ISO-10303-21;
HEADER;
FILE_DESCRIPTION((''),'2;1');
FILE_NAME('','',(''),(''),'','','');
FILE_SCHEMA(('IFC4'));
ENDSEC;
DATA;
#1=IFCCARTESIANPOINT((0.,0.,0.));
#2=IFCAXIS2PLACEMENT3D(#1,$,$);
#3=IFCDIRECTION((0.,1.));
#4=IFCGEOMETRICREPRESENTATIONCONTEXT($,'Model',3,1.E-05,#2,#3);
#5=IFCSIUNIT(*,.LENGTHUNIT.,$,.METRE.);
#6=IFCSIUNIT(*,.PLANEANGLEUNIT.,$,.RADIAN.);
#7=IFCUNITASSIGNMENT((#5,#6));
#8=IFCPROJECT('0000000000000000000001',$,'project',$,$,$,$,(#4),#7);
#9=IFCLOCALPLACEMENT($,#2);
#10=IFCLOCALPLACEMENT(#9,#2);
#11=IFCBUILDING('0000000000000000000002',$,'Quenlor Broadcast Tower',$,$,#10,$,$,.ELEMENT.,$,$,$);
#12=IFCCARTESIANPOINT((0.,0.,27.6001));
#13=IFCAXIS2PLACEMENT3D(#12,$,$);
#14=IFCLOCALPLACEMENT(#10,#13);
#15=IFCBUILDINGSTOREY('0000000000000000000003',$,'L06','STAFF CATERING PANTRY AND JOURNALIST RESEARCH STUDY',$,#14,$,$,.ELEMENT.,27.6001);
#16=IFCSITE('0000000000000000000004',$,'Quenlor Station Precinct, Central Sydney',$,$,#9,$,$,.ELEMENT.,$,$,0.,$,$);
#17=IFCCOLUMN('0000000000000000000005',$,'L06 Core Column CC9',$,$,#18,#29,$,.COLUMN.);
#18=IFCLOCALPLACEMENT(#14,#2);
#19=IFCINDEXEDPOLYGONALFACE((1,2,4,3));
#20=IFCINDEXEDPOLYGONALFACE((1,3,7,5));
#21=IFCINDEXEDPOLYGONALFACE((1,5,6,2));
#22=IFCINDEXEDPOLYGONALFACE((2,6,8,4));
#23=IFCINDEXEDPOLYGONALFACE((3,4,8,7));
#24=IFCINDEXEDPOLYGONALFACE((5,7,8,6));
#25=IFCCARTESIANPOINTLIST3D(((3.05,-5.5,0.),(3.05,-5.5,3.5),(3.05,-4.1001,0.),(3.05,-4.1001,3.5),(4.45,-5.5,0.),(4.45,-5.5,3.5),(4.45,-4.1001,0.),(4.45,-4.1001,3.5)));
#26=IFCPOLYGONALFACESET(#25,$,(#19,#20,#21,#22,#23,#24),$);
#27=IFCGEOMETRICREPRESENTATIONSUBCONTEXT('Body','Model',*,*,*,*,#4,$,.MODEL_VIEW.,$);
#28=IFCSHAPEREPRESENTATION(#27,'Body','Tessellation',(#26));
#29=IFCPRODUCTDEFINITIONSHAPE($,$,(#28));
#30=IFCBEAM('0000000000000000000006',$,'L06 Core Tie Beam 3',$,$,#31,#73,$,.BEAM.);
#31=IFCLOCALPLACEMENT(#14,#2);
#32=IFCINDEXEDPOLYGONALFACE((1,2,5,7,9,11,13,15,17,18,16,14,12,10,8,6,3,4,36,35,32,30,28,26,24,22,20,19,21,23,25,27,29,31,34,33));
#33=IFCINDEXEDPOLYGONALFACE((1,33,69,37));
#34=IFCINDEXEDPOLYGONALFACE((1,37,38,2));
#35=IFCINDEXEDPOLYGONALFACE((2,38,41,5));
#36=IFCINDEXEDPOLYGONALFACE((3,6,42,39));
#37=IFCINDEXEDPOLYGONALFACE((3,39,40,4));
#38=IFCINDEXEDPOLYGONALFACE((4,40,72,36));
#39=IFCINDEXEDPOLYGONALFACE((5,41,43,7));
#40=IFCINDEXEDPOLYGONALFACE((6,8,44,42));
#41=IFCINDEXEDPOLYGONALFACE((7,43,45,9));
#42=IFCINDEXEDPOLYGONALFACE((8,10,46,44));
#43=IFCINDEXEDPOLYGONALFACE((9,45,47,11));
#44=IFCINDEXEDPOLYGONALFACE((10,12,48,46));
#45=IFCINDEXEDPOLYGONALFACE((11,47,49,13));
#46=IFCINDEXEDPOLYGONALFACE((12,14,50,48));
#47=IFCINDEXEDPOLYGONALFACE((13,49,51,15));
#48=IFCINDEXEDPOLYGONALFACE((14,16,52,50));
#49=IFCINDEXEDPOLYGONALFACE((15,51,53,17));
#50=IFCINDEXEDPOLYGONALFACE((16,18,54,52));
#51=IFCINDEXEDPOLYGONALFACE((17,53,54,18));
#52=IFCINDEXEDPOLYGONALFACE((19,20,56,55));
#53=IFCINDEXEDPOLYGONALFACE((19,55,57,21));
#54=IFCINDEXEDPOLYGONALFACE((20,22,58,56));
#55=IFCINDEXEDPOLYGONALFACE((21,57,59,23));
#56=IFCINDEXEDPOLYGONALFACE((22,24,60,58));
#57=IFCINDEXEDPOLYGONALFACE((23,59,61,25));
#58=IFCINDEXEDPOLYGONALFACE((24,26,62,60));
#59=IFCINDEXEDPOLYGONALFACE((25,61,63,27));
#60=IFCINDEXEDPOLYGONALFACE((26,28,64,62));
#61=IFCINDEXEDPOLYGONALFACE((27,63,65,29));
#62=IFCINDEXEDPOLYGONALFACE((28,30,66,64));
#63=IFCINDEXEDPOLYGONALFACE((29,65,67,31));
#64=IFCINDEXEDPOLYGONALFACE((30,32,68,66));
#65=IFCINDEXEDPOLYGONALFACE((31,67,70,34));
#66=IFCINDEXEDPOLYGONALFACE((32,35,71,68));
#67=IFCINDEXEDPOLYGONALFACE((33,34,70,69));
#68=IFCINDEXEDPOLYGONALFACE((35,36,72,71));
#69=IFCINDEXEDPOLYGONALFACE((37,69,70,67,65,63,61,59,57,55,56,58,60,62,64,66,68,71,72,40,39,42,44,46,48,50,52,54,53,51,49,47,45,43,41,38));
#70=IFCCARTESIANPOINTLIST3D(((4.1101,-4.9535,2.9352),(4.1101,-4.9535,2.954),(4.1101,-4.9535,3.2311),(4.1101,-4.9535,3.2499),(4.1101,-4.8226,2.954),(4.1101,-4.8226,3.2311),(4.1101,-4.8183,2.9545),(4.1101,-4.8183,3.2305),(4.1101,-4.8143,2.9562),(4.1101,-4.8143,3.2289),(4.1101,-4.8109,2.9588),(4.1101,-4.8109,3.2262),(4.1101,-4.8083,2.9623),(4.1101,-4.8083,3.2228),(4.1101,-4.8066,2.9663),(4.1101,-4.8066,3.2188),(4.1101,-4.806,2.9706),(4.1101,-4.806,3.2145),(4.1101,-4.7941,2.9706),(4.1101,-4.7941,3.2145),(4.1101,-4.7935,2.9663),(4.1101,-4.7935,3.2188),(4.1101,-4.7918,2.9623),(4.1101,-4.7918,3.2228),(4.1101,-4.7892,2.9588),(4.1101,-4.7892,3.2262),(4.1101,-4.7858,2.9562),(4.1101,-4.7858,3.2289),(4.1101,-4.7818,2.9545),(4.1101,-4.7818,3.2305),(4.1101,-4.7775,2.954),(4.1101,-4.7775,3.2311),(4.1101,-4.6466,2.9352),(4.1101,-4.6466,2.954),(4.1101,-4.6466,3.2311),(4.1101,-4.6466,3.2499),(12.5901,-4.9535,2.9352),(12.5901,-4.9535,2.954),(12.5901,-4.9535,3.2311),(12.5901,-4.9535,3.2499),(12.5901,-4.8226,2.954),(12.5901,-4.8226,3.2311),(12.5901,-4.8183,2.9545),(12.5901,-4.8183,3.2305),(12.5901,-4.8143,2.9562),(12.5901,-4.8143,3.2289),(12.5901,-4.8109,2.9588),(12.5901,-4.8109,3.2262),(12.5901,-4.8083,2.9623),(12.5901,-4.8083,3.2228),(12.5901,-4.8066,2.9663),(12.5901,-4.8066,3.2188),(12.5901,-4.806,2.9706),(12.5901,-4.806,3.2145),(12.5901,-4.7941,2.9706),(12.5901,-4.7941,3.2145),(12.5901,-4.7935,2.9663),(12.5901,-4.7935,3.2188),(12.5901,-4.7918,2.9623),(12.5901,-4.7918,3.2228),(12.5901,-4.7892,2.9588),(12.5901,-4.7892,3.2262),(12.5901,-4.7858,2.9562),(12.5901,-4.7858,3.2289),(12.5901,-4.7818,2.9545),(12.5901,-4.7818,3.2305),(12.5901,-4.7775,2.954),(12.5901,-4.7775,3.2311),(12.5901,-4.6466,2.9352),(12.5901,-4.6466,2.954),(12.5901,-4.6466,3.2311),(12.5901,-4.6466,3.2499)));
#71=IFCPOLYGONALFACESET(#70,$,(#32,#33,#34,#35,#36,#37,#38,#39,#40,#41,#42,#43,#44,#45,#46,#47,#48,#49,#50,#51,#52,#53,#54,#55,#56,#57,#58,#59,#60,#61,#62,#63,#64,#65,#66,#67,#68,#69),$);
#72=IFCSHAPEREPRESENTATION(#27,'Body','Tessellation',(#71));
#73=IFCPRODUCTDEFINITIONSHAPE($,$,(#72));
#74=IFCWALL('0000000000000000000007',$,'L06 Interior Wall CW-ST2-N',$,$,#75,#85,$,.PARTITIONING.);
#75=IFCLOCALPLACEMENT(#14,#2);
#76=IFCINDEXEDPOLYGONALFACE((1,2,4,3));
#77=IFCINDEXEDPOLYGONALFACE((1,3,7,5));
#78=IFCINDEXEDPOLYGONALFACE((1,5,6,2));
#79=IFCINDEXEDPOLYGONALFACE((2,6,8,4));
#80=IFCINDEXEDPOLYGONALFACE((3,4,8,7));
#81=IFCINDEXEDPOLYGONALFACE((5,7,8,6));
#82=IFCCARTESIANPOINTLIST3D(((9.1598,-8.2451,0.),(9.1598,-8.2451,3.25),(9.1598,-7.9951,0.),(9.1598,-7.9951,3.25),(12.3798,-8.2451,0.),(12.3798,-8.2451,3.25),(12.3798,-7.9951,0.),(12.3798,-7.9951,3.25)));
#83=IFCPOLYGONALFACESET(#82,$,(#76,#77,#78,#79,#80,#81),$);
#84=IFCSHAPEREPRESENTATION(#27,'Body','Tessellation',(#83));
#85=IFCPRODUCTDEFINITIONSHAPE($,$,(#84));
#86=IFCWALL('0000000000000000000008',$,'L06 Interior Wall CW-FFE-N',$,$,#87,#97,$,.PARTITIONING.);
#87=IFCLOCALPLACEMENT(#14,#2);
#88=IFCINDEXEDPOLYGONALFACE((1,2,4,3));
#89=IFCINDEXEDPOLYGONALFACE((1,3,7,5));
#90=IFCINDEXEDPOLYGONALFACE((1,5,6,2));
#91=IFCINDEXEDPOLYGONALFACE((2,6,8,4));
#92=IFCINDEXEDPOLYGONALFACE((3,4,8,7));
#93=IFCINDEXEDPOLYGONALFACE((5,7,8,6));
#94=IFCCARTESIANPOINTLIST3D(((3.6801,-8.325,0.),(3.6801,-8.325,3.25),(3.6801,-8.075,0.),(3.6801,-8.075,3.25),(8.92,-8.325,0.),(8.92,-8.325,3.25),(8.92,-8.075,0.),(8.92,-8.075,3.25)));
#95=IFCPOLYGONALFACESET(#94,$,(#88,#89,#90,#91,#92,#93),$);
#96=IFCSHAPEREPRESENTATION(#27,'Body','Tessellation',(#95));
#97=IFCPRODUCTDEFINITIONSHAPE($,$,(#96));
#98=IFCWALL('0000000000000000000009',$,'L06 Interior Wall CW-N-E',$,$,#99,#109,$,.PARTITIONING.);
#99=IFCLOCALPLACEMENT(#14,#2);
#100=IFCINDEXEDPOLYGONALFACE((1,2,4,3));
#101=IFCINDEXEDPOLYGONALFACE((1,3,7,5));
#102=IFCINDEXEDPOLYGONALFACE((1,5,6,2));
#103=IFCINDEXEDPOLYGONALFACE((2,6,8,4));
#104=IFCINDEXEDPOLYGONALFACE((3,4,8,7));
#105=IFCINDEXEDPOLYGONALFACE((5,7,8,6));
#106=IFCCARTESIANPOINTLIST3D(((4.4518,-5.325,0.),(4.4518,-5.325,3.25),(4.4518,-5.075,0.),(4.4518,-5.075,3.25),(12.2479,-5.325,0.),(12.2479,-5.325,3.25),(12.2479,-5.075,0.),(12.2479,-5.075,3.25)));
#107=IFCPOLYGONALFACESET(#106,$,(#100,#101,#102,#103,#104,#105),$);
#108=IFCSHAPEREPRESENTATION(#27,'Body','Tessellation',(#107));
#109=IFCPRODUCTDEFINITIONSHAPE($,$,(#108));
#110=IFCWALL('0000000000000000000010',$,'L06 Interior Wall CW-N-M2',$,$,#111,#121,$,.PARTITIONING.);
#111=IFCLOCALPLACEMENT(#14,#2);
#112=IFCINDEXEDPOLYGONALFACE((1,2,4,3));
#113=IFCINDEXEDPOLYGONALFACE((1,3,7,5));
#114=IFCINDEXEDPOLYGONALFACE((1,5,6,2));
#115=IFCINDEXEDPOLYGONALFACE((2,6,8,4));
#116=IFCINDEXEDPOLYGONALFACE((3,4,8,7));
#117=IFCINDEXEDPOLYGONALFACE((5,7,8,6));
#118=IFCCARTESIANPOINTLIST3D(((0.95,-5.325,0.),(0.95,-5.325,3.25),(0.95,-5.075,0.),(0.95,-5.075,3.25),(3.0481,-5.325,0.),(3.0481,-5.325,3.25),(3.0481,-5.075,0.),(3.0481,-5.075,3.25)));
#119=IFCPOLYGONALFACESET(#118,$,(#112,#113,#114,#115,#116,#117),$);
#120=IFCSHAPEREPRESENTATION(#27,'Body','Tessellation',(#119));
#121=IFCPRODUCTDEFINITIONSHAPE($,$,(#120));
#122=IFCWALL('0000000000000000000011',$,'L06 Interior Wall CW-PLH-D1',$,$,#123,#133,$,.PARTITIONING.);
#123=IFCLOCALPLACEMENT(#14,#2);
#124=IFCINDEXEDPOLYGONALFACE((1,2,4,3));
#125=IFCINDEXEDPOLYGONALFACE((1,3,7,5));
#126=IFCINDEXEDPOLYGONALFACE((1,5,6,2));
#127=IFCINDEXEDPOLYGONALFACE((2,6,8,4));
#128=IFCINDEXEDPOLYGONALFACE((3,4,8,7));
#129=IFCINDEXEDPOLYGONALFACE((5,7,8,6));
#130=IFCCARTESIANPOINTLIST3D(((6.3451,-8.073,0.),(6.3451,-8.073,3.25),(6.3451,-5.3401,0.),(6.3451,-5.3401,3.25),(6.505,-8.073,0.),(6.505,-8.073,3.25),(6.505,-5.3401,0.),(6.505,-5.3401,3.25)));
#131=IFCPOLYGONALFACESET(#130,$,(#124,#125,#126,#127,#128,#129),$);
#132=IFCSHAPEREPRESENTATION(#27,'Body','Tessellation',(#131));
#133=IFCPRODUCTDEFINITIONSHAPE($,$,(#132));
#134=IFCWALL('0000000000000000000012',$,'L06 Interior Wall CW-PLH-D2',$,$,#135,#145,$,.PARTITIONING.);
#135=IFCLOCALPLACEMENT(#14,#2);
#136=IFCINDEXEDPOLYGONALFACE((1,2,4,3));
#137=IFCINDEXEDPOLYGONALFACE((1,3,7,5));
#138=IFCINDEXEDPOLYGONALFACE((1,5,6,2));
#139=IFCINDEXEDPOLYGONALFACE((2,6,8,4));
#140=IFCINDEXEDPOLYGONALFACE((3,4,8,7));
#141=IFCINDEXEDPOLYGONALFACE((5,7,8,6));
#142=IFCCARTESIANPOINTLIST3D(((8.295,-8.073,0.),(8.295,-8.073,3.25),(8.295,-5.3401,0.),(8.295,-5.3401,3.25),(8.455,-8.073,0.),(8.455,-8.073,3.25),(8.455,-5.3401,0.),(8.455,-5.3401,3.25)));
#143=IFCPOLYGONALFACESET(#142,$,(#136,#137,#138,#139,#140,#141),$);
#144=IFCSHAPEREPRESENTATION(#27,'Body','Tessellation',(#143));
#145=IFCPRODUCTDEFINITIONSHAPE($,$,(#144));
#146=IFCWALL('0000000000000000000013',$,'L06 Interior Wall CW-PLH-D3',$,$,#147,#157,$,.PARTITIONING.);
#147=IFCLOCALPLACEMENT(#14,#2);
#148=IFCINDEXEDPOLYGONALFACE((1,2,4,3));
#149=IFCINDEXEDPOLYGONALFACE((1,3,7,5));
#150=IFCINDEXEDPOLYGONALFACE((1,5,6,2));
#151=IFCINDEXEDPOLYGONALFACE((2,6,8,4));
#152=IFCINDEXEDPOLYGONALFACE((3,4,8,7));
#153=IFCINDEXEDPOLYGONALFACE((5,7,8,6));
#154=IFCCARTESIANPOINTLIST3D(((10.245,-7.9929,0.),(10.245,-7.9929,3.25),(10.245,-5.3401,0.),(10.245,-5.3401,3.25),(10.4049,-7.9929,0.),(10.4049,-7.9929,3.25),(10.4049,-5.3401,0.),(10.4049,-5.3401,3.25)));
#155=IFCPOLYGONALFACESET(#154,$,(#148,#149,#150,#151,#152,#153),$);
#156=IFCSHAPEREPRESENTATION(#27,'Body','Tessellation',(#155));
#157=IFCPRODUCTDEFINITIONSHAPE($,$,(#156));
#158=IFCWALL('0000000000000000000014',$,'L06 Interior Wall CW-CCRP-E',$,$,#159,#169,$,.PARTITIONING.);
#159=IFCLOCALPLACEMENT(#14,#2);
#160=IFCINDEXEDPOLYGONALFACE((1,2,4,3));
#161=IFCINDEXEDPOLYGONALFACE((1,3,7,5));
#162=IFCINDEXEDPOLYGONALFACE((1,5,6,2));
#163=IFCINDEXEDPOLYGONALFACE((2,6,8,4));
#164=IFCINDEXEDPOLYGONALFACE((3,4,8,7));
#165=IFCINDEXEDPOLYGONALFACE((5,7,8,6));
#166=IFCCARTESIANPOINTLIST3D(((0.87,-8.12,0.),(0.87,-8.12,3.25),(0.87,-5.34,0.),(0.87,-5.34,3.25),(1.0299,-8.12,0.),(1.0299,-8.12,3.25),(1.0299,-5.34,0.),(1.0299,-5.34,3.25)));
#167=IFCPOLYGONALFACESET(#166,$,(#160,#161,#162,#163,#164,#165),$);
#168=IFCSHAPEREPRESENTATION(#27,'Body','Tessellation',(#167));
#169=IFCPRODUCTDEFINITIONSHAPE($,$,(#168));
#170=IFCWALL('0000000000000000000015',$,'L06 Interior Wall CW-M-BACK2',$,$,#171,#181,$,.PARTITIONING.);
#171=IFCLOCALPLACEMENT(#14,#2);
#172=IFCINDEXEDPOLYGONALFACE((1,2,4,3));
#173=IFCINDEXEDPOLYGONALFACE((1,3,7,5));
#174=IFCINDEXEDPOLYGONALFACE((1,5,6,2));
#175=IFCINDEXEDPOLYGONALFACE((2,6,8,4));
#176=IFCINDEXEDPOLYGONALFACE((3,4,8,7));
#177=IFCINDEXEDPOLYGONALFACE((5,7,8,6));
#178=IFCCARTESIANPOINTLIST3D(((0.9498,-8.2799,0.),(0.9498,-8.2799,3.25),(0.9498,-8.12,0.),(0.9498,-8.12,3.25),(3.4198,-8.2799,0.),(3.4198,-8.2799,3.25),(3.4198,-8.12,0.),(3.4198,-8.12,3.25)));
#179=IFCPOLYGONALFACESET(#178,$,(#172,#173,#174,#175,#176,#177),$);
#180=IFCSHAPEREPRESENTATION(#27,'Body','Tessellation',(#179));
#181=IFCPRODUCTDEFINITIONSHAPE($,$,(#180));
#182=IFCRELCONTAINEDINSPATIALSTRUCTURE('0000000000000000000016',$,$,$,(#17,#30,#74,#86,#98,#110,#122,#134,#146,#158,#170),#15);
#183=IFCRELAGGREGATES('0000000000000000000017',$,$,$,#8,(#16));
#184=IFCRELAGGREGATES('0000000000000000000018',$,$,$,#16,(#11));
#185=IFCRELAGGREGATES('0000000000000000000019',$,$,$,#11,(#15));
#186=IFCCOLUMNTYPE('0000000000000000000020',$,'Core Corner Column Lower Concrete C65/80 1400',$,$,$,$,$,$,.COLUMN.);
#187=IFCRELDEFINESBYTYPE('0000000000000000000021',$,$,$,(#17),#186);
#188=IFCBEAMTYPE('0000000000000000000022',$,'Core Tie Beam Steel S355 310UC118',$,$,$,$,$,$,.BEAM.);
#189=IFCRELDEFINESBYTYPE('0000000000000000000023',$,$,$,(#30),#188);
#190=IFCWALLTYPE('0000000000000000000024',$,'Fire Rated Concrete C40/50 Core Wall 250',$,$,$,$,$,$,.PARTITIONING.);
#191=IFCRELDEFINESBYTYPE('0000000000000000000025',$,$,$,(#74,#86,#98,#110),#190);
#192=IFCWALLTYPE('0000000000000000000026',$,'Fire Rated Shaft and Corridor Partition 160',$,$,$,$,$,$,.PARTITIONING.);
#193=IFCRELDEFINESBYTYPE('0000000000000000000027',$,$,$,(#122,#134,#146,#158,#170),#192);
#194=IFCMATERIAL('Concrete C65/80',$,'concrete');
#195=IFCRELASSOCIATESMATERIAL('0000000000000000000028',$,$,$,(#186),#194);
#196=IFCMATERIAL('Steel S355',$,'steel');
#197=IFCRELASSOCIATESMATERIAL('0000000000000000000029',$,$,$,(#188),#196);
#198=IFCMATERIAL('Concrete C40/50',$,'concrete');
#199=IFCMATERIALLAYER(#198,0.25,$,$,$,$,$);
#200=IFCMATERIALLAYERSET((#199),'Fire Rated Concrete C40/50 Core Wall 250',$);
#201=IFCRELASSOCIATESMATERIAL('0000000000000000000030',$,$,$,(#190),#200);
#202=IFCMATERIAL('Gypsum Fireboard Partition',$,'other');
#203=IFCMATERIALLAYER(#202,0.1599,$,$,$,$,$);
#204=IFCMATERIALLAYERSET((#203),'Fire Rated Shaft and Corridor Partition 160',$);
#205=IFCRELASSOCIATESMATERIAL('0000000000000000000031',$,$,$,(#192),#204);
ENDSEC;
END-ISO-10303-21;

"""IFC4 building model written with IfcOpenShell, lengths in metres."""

from ifc_helpers import new_model, si_unit, direction, frame, frame_2d, origin, origin_2d, place, context, subcontext, project, spatial, rectangle, i_section, extrude, material, layer, layer_set, material_profile, profile_set, type_object, element, save


model = new_model("IFC4")

# Units and contexts
model_context = context("Model", 3, precision=1e-05, world=origin(), true_north=direction((0.0, 1.0)))
body_context = subcontext(model_context, "Body", "Model", "MODEL_VIEW")
ifc_project = project(units=[si_unit("LENGTHUNIT", "METRE"), si_unit("PLANEANGLEUNIT", "RADIAN")], contexts=[model_context])

# Site, building, storey
site_placement = place(None, origin())
site = spatial("IfcSite", under=ifc_project, at=site_placement, Name="Quenlor Station Precinct, Central Sydney", CompositionType="ELEMENT", RefElevation=0.0)
building_placement = place(site_placement, origin())
building = spatial("IfcBuilding", under=site, at=building_placement, Name="Quenlor Broadcast Tower", CompositionType="ELEMENT")
storey_placement = place(building_placement, frame((0.0, 0.0, 27.6001)))
storey = spatial("IfcBuildingStorey", under=building, at=storey_placement, Name="L06", Description="STAFF CATERING PANTRY AND JOURNALIST RESEARCH STUDY", CompositionType="ELEMENT", Elevation=27.6001)

# Column
ifc_material_1 = material(Name="Concrete C65/80", Category="concrete")
ifc_material_profile_1 = material_profile(ifc_material_1, rectangle(XDim=1.3999, YDim=1.3999, at=origin_2d()))
ifc_profile_set_1 = profile_set([ifc_material_profile_1], Name="Concrete C65/80 RC1400x1400")
column_type = type_object("IfcColumnType", Name="Core Corner Column Lower Concrete C65/80 1400", PredefinedType="COLUMN", material=ifc_profile_set_1)
column_placement = place(storey_placement, frame((3.75, -4.8, 0.0), z_axis=(0.0, 0.0, 1.0), x_axis=(1.0, 0.0, 0.0)))
element("IfcColumn", 1, at=column_placement, inside=storey, type_object=column_type, Name="L06 Core Column CC9", PredefinedType="COLUMN", context=body_context, shape_type="SweptSolid", body=[
    extrude(rectangle(XDim=1.3999, YDim=1.3999, at=origin_2d()), origin(), (0.0, 0.0, 1.0), 3.5),
])

# Beam
ifc_material_2 = material(Name="Steel S355", Category="steel")
ifc_material_profile_2 = material_profile(ifc_material_2, i_section(OverallWidth=0.3069, OverallDepth=0.3147, WebThickness=0.012, FlangeThickness=0.0188, FilletRadius=0.0166, at=origin_2d()))
ifc_profile_set_2 = profile_set([ifc_material_profile_2], Name="Steel S355 310UC118")
beam_type = type_object("IfcBeamType", Name="Core Tie Beam Steel S355 310UC118", PredefinedType="BEAM", material=ifc_profile_set_2)
beam_placement = place(storey_placement, frame((4.1101, -4.8, 3.0925), z_axis=(1.0, 0.0, 0.0), x_axis=(0.0, 1.0, 0.0)))
element("IfcBeam", 2, at=beam_placement, inside=storey, type_object=beam_type, Name="L06 Core Tie Beam 3", PredefinedType="BEAM", context=body_context, shape_type="SweptSolid", body=[
    extrude(i_section(OverallWidth=0.3069, OverallDepth=0.3147, WebThickness=0.012, FlangeThickness=0.0188, FilletRadius=0.0166, at=origin_2d()), origin(), (0.0, 0.0, 1.0), 8.48),
])

# Walls
ifc_material_3 = material(Name="Concrete C40/50", Category="concrete")
ifc_layer_1 = layer(ifc_material_3, 0.25)
ifc_layer_set_1 = layer_set([ifc_layer_1], Name="Fire Rated Concrete C40/50 Core Wall 250")
wall_type_1 = type_object("IfcWallType", Name="Fire Rated Concrete C40/50 Core Wall 250", PredefinedType="PARTITIONING", material=ifc_layer_set_1)
wall_1_placement = place(storey_placement, frame((9.1599, -8.1201, 0.0), z_axis=(0.0, 0.0, 1.0), x_axis=(1.0, 0.0, 0.0)))
element("IfcWall", 3, at=wall_1_placement, inside=storey, type_object=wall_type_1, Name="L06 Interior Wall CW-ST2-N", PredefinedType="PARTITIONING", context=body_context, shape_type="SweptSolid", body=[
    extrude(rectangle(XDim=3.22, YDim=0.25, at=frame_2d((1.6099, 0.0))), origin(), (0.0, 0.0, 1.0), 3.25),
])
wall_2_placement = place(storey_placement, frame((3.6799, -8.2, 0.0), z_axis=(0.0, 0.0, 1.0), x_axis=(1.0, 0.0, 0.0)))
element("IfcWall", 4, at=wall_2_placement, inside=storey, type_object=wall_type_1, Name="L06 Interior Wall CW-FFE-N", PredefinedType="PARTITIONING", context=body_context, shape_type="SweptSolid", body=[
    extrude(rectangle(XDim=5.24, YDim=0.25, at=frame_2d((2.6201, 0.0))), origin(), (0.0, 0.0, 1.0), 3.25),
])
wall_3_placement = place(storey_placement, frame((4.4519, -5.2, 0.0), z_axis=(0.0, 0.0, 1.0), x_axis=(1.0, 0.0, 0.0)))
element("IfcWall", 5, at=wall_3_placement, inside=storey, type_object=wall_type_1, Name="L06 Interior Wall CW-N-E", PredefinedType="PARTITIONING", context=body_context, shape_type="SweptSolid", body=[
    extrude(rectangle(XDim=7.7961, YDim=0.25, at=frame_2d((3.8979, 0.0))), origin(), (0.0, 0.0, 1.0), 3.25),
])
wall_4_placement = place(storey_placement, frame((0.95, -5.2, 0.0), z_axis=(0.0, 0.0, 1.0), x_axis=(1.0, 0.0, 0.0)))
element("IfcWall", 6, at=wall_4_placement, inside=storey, type_object=wall_type_1, Name="L06 Interior Wall CW-N-M2", PredefinedType="PARTITIONING", context=body_context, shape_type="SweptSolid", body=[
    extrude(rectangle(XDim=2.0981, YDim=0.25, at=frame_2d((1.0491, 0.0))), origin(), (0.0, 0.0, 1.0), 3.25),
])
ifc_material_4 = material(Name="Gypsum Fireboard Partition", Category="other")
ifc_layer_2 = layer(ifc_material_4, 0.1599)
ifc_layer_set_2 = layer_set([ifc_layer_2], Name="Fire Rated Shaft and Corridor Partition 160")
wall_type_2 = type_object("IfcWallType", Name="Fire Rated Shaft and Corridor Partition 160", PredefinedType="PARTITIONING", material=ifc_layer_set_2)
for number, where, z_axis, x_axis, name in (
    (7, (6.425, -8.073, 0.0), (0.0, 0.0, 1.0), (0.0, 1.0, 0.0), "L06 Interior Wall CW-PLH-D1"),
    (8, (8.375, -8.073, 0.0), (0.0, 0.0, 1.0), (0.0, 1.0, 0.0), "L06 Interior Wall CW-PLH-D2"),
):
    element("IfcWall", number, at=place(storey_placement, frame(where, z_axis=z_axis, x_axis=x_axis)), inside=storey, type_object=wall_type_2, Name=name, PredefinedType="PARTITIONING", context=body_context, shape_type="SweptSolid", body=[
        extrude(rectangle(XDim=2.7329, YDim=0.1599, at=frame_2d((1.3665, 0.0))), origin(), (0.0, 0.0, 1.0), 3.25),
    ])
wall_5_placement = place(storey_placement, frame((10.325, -7.9929, 0.0), z_axis=(0.0, 0.0, 1.0), x_axis=(0.0, 1.0, 0.0)))
element("IfcWall", 9, at=wall_5_placement, inside=storey, type_object=wall_type_2, Name="L06 Interior Wall CW-PLH-D3", PredefinedType="PARTITIONING", context=body_context, shape_type="SweptSolid", body=[
    extrude(rectangle(XDim=2.6528, YDim=0.1599, at=frame_2d((1.3264, 0.0))), origin(), (0.0, 0.0, 1.0), 3.25),
])
wall_6_placement = place(storey_placement, frame((0.95, -8.1201, 0.0), z_axis=(0.0, 0.0, 1.0), x_axis=(0.0, 1.0, 0.0)))
element("IfcWall", 10, at=wall_6_placement, inside=storey, type_object=wall_type_2, Name="L06 Interior Wall CW-CCRP-E", PredefinedType="PARTITIONING", context=body_context, shape_type="SweptSolid", body=[
    extrude(rectangle(XDim=2.78, YDim=0.1599, at=frame_2d((1.3901, 0.0))), origin(), (0.0, 0.0, 1.0), 3.25),
])
wall_7_placement = place(storey_placement, frame((0.95, -8.2, 0.0), z_axis=(0.0, 0.0, 1.0), x_axis=(1.0, 0.0, 0.0)))
element("IfcWall", 11, at=wall_7_placement, inside=storey, type_object=wall_type_2, Name="L06 Interior Wall CW-M-BACK2", PredefinedType="PARTITIONING", context=body_context, shape_type="SweptSolid", body=[
    extrude(rectangle(XDim=2.47, YDim=0.1599, at=frame_2d((1.2349, 0.0))), origin(), (0.0, 0.0, 1.0), 3.25),
])

save(model, "model.ifc")
